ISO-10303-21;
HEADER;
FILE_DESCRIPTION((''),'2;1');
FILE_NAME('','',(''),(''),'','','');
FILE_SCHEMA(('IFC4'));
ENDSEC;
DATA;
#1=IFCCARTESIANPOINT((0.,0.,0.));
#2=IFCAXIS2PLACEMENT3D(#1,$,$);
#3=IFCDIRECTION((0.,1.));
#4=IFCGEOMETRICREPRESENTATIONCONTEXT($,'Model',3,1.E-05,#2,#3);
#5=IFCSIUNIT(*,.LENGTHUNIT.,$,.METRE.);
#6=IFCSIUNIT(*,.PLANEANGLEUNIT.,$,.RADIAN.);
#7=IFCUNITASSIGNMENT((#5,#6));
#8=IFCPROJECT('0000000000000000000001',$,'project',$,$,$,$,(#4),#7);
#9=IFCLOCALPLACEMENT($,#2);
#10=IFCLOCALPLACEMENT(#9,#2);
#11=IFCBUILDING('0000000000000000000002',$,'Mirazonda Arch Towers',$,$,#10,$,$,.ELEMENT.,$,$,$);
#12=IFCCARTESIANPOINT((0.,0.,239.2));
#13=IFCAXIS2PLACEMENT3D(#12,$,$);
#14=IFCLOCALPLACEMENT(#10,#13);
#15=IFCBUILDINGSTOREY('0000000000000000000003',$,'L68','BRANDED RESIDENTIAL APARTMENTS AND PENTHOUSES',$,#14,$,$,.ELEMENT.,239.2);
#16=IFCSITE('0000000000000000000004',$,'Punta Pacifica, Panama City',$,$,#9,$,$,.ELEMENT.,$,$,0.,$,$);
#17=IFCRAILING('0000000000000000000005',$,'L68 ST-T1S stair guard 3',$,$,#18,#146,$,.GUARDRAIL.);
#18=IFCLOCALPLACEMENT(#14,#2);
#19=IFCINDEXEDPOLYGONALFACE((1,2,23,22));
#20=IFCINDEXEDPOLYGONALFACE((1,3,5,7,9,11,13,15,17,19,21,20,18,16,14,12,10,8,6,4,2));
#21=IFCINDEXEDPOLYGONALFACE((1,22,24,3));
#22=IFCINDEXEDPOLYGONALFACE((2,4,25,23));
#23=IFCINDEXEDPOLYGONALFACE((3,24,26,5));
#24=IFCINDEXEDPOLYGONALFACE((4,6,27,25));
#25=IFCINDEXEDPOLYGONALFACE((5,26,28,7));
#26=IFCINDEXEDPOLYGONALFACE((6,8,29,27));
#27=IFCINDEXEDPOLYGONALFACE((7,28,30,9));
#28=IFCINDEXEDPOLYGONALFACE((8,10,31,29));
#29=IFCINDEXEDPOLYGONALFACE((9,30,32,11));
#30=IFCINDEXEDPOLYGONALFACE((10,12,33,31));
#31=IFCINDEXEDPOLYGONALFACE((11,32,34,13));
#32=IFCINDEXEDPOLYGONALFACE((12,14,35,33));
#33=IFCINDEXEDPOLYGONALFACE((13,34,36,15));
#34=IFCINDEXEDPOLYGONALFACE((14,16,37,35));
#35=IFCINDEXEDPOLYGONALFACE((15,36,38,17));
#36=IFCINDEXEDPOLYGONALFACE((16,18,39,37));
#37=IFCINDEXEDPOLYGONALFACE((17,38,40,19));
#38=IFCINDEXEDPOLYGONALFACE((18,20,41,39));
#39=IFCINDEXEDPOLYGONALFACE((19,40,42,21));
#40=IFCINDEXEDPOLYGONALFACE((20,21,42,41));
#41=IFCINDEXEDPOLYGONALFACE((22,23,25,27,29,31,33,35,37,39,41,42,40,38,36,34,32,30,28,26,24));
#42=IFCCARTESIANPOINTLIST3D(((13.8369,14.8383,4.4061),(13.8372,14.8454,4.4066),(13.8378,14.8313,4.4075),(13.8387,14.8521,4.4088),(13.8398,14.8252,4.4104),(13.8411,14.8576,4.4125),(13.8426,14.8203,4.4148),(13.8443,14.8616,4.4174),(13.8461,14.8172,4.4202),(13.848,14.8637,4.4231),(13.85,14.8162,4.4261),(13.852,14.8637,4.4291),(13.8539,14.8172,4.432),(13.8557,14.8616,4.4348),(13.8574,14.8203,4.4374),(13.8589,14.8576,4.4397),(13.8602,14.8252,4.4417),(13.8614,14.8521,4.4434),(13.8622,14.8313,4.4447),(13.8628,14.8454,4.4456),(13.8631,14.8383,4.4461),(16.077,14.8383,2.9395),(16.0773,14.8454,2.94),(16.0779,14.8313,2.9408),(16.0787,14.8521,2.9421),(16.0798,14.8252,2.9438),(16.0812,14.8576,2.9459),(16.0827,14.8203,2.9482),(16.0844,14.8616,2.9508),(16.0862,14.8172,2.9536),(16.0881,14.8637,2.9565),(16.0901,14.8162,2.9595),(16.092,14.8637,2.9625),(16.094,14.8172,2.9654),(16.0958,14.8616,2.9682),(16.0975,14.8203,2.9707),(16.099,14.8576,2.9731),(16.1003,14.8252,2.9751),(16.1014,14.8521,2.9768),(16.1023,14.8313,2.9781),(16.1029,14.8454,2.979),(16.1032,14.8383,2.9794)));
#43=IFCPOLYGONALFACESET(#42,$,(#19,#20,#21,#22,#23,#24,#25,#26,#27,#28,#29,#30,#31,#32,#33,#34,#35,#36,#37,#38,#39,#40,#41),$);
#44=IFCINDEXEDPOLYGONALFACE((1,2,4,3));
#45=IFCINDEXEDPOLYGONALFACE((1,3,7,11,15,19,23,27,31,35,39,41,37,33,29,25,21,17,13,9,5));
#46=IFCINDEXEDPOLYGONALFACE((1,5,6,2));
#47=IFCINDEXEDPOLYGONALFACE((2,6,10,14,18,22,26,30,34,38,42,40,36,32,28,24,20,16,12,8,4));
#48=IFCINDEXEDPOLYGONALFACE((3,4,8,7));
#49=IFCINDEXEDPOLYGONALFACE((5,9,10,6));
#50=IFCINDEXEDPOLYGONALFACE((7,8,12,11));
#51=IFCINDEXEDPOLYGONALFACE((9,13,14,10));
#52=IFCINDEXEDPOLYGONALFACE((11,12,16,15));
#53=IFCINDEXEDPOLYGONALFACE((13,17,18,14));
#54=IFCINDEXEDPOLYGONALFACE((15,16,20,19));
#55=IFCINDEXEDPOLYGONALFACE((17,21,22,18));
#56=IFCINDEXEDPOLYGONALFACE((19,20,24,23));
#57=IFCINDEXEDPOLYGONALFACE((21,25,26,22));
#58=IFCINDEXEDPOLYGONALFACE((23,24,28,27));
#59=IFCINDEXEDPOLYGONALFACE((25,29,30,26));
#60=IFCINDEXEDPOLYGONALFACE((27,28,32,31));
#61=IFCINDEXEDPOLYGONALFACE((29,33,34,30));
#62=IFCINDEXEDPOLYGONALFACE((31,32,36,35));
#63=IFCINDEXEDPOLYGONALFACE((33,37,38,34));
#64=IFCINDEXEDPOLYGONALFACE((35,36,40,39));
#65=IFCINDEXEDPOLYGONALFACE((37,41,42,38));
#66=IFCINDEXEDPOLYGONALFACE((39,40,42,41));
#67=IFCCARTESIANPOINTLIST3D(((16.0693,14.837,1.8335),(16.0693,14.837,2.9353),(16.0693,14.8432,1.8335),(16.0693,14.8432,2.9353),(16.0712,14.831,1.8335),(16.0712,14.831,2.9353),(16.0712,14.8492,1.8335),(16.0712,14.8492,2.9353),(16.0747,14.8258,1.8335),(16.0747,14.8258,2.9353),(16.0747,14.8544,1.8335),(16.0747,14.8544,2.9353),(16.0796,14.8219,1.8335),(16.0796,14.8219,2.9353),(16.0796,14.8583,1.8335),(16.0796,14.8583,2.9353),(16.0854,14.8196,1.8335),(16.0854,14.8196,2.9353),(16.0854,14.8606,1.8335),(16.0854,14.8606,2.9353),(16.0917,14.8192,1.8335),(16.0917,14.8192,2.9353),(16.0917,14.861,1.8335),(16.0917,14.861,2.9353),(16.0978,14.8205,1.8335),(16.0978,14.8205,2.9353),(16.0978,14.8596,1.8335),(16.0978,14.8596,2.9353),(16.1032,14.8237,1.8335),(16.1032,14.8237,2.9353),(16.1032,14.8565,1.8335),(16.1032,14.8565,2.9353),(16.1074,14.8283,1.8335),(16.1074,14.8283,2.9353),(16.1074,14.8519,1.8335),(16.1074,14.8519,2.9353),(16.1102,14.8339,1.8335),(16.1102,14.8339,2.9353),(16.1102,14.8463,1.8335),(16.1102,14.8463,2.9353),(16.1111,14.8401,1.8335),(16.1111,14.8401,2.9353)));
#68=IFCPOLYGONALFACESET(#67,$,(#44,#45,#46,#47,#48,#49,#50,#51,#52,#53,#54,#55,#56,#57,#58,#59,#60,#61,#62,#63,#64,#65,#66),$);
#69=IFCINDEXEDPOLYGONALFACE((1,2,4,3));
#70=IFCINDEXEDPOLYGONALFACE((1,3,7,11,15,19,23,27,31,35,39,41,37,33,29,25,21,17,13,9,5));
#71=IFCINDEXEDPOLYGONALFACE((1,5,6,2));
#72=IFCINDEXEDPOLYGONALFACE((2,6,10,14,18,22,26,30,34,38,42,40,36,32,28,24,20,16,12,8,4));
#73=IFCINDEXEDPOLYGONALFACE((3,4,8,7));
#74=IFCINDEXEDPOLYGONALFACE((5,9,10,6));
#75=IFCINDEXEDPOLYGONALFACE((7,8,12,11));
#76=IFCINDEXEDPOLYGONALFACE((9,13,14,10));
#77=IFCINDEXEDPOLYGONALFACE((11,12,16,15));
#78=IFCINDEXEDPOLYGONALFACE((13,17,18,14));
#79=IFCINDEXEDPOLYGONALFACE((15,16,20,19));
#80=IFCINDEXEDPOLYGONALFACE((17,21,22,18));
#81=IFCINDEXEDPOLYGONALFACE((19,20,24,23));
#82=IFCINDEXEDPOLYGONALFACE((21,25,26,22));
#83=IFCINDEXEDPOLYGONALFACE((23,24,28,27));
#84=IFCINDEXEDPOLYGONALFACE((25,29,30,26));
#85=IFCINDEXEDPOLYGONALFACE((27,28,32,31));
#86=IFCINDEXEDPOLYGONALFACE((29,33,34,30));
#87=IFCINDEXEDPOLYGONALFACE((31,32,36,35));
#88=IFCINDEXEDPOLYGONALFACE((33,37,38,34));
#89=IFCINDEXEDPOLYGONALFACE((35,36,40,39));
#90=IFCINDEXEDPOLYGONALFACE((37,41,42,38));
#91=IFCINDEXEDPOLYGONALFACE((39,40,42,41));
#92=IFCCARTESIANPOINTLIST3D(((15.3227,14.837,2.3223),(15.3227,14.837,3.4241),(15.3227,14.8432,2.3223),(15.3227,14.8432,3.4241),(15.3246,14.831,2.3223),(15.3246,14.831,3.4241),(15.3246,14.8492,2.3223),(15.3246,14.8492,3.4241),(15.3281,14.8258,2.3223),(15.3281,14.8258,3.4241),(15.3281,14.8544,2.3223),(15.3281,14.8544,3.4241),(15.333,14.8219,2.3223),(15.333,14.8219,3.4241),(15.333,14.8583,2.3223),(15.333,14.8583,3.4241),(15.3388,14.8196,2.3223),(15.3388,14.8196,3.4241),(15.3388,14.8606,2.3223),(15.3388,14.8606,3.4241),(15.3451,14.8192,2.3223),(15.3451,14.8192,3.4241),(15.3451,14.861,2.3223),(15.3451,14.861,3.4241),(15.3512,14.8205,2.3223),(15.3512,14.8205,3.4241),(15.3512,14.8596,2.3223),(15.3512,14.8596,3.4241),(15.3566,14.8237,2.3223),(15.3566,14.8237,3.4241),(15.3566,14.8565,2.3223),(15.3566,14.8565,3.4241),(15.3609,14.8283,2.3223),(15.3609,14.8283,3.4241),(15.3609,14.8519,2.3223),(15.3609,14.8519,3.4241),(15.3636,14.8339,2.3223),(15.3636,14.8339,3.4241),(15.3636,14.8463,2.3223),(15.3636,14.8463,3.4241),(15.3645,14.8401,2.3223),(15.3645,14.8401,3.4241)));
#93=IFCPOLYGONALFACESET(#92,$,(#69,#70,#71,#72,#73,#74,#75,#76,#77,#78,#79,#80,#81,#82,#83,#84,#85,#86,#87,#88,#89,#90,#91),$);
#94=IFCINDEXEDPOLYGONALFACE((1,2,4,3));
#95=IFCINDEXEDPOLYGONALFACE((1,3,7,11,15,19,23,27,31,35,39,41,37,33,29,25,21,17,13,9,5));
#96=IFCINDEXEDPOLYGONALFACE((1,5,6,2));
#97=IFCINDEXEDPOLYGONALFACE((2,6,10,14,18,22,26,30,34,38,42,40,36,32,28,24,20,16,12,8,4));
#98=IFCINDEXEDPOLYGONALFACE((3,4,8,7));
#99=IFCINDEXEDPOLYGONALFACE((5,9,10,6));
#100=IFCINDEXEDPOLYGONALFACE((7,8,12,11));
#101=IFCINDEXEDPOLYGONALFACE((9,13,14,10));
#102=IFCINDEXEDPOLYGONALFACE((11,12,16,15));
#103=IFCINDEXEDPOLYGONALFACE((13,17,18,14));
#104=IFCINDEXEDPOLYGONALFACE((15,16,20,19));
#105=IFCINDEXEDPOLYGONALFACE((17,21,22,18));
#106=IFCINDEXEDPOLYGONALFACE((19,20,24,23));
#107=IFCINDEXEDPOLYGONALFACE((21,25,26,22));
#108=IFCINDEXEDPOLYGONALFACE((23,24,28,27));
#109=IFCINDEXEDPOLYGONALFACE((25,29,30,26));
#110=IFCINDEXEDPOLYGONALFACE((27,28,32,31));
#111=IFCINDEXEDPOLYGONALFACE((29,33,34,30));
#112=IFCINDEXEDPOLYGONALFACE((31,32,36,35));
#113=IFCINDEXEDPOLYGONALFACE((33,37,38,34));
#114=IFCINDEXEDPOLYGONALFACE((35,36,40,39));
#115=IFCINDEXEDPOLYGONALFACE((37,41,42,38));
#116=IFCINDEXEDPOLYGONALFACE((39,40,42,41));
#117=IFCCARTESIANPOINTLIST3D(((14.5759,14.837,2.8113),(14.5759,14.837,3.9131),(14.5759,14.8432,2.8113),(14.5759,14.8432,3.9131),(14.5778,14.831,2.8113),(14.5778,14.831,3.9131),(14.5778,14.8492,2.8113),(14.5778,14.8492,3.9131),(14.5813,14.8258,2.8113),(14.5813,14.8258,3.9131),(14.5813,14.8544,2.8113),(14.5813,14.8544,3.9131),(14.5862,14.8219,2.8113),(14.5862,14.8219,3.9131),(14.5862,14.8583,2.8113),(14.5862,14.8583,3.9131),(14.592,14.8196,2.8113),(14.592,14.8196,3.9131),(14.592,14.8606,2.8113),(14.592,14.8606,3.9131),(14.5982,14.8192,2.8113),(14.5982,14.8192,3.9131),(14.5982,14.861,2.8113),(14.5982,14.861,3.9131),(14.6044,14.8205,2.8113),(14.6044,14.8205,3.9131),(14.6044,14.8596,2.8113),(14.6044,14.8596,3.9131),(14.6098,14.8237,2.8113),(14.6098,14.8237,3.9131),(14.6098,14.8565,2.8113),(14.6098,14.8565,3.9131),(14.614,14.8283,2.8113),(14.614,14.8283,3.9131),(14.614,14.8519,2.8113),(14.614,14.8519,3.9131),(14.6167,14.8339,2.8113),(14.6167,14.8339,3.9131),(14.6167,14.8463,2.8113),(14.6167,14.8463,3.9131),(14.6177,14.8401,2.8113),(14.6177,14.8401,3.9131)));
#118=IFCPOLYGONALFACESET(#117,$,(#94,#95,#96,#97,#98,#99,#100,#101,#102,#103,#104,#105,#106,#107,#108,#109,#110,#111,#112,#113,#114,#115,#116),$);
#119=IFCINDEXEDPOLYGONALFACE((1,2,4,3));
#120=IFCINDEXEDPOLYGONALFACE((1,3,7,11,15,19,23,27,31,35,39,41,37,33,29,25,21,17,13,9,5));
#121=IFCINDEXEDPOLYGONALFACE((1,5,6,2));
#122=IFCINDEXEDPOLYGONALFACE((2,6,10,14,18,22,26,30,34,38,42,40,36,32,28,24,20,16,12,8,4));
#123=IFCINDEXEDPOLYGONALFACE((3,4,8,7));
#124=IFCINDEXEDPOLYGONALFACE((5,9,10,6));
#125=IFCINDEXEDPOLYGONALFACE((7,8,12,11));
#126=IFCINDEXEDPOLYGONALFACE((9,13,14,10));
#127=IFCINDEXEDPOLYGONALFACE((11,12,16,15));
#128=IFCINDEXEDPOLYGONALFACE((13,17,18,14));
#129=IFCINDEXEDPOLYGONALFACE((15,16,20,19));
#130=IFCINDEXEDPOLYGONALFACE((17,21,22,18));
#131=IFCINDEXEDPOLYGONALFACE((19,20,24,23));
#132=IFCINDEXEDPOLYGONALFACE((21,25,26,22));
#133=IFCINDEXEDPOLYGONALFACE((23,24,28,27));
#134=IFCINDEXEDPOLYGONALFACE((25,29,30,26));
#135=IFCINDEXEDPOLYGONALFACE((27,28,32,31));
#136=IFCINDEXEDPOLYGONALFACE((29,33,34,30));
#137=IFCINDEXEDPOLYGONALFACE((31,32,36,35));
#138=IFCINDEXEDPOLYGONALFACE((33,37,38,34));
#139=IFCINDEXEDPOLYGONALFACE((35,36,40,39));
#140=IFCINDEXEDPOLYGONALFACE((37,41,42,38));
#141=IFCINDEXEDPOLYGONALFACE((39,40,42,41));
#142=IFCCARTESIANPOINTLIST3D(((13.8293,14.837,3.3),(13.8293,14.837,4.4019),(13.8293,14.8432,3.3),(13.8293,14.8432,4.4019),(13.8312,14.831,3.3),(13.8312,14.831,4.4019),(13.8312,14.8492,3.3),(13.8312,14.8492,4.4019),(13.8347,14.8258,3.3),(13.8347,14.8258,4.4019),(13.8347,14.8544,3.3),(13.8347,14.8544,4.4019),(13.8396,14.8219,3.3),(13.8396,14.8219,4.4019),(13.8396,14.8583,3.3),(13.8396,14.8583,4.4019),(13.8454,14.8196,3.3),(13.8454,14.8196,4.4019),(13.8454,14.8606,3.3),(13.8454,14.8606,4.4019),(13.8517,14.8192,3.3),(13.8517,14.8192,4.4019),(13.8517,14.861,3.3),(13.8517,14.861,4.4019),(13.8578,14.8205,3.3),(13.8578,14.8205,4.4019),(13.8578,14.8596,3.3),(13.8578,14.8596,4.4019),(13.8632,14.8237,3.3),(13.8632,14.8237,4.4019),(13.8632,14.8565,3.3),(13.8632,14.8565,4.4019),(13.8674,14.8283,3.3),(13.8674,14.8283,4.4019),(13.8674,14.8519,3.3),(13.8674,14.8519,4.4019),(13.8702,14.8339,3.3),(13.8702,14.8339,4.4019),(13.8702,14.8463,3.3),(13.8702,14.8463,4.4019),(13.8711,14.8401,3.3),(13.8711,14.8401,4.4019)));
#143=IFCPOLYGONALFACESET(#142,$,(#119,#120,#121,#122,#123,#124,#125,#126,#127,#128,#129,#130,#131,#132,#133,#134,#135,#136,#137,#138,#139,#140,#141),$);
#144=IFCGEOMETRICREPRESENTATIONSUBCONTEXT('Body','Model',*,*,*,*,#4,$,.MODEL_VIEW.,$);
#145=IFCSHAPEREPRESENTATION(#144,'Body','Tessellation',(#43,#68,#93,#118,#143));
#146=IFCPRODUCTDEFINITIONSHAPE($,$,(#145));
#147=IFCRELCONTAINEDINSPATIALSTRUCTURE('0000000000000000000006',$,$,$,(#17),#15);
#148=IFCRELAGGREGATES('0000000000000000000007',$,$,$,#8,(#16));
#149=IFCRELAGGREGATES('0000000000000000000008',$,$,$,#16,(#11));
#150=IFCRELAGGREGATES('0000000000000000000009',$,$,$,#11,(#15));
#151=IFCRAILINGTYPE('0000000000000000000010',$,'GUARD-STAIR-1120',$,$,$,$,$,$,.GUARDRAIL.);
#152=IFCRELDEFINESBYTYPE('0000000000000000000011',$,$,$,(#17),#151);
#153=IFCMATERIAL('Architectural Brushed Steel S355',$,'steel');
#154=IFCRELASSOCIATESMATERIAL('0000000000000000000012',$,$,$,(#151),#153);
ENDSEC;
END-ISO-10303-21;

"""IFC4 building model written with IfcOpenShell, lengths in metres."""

from ifc_helpers import new_model, si_unit, direction, frame, origin, origin_2d, place, context, subcontext, project, spatial, circle, extrude, material, type_object, element, save


model = new_model("IFC4")

# Units and contexts
model_context = context("Model", 3, precision=1e-05, world=origin(), true_north=direction((0.0, 1.0)))
body_context = subcontext(model_context, "Body", "Model", "MODEL_VIEW")
ifc_project = project(units=[si_unit("LENGTHUNIT", "METRE"), si_unit("PLANEANGLEUNIT", "RADIAN")], contexts=[model_context])

# Site, building, storey
site_placement = place(None, origin())
site = spatial("IfcSite", under=ifc_project, at=site_placement, Name="Punta Pacifica, Panama City", CompositionType="ELEMENT", RefElevation=0.0)
building_placement = place(site_placement, origin())
building = spatial("IfcBuilding", under=site, at=building_placement, Name="Mirazonda Arch Towers", CompositionType="ELEMENT")
storey_placement = place(building_placement, frame((0.0, 0.0, 239.2)))
storey = spatial("IfcBuildingStorey", under=building, at=storey_placement, Name="L68", Description="BRANDED RESIDENTIAL APARTMENTS AND PENTHOUSES", CompositionType="ELEMENT", Elevation=239.2)

# Railing
ifc_material_1 = material(Name="Architectural Brushed Steel S355", Category="steel")
railing_type_1 = type_object("IfcRailingType", Name="GUARD-STAIR-1120", PredefinedType="GUARDRAIL", material=ifc_material_1)
railing_1_placement = place(storey_placement, frame((16.0901, 14.8401, 1.8335)))
element("IfcRailing", 1, at=railing_1_placement, inside=storey, type_object=railing_type_1, Name="L68 ST-T1S stair guard 3", PredefinedType="GUARDRAIL", context=body_context, shape_type="SweptSolid", body=[
    extrude(circle(Radius=0.0239, at=origin_2d()), frame((0.0, 0.0, 1.126), z_axis=(-0.836637, 0.0, 0.547758), x_axis=(0.0, -1.0, 0.0)), (0.0, 0.0, 1.0), 2.6775),
    extrude(circle(Radius=0.021, at=origin_2d()), origin(), (0.0, 0.0, 1.0), 1.1018),
    extrude(circle(Radius=0.021, at=origin_2d()), frame((-0.7466, 0.0, 0.4888)), (0.0, 0.0, 1.0), 1.1018),
    extrude(circle(Radius=0.021, at=origin_2d()), frame((-1.4934, 0.0, 0.9778)), (0.0, 0.0, 1.0), 1.1018),
    extrude(circle(Radius=0.021, at=origin_2d()), frame((-2.24, 0.0, 1.4666)), (0.0, 0.0, 1.0), 1.1018),
])

save(model, "model.ifc")
